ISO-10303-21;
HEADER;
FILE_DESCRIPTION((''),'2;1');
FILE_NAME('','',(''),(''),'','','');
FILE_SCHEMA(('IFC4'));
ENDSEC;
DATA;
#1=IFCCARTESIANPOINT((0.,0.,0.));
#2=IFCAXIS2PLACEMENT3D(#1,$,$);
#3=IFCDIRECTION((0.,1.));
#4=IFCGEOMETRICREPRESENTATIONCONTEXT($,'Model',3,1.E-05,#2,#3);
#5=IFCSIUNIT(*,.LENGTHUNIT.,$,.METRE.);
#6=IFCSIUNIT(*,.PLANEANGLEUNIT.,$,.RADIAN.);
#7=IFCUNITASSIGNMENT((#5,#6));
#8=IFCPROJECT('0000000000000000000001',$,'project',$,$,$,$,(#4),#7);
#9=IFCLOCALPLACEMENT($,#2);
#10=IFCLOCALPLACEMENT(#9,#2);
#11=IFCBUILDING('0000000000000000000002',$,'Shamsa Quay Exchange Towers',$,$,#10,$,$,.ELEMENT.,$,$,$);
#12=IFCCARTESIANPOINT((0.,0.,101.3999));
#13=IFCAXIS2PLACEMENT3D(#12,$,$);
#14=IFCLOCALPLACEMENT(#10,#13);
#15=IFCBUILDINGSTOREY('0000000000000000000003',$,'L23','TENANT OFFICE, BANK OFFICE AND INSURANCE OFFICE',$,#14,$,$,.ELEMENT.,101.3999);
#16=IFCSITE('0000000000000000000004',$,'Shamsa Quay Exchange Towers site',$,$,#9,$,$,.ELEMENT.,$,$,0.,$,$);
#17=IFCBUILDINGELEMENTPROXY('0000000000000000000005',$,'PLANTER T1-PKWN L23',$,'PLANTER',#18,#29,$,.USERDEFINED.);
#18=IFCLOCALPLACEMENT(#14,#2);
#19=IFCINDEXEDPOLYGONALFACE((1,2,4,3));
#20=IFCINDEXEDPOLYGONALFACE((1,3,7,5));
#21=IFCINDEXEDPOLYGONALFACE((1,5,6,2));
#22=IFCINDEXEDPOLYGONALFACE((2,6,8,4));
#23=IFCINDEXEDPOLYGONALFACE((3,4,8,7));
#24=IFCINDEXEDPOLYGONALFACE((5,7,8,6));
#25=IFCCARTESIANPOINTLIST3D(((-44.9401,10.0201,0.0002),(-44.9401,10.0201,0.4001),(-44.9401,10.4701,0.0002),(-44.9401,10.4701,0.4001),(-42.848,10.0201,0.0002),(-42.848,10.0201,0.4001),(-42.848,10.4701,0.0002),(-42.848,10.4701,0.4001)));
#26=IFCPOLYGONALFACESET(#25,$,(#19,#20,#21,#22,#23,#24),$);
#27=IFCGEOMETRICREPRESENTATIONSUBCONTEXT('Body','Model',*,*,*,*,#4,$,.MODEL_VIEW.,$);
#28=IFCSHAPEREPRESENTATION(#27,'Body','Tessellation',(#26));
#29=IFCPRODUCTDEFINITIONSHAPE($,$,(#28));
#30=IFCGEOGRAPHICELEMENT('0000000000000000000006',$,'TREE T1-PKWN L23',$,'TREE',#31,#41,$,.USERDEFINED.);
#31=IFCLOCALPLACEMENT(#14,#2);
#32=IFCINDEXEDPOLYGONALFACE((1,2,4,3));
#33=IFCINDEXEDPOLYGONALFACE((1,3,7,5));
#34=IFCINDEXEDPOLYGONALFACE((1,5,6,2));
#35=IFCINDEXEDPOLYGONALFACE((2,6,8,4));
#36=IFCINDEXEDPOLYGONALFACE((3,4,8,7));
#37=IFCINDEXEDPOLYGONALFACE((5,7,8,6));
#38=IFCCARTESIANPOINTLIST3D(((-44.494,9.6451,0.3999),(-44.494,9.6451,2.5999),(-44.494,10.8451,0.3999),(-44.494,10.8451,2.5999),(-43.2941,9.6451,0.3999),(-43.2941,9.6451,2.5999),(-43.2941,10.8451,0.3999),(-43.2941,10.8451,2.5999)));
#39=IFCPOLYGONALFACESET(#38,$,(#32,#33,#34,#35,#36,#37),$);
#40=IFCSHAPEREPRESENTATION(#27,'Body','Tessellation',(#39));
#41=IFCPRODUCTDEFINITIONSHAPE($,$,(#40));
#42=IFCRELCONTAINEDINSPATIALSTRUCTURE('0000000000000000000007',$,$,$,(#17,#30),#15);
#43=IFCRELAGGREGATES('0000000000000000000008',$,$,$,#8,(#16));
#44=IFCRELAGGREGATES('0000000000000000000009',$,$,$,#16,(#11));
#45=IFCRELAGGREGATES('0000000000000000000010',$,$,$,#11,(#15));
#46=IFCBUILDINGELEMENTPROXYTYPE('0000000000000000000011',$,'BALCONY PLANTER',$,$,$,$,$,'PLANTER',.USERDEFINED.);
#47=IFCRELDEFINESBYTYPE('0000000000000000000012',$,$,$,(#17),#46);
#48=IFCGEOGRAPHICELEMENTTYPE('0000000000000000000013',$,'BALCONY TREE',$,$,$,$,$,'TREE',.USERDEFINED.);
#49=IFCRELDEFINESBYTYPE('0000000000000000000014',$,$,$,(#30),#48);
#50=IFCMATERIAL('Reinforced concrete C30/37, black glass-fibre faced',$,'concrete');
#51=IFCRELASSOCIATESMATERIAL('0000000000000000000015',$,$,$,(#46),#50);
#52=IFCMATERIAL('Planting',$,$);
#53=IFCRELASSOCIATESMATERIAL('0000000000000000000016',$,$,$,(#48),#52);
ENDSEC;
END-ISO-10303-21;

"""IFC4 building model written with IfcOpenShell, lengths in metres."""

from ifc_helpers import new_model, si_unit, direction, frame, origin, origin_2d, place, context, subcontext, project, spatial, rectangle, extrude, material, type_object, element, save


model = new_model("IFC4")

# Units and contexts
model_context = context("Model", 3, precision=1e-05, world=origin(), true_north=direction((0.0, 1.0)))
body_context = subcontext(model_context, "Body", "Model", "MODEL_VIEW")
ifc_project = project(units=[si_unit("LENGTHUNIT", "METRE"), si_unit("PLANEANGLEUNIT", "RADIAN")], contexts=[model_context])

# Site, building, storey
site_placement = place(None, origin())
site = spatial("IfcSite", under=ifc_project, at=site_placement, Name="Shamsa Quay Exchange Towers site", CompositionType="ELEMENT", RefElevation=0.0)
building_placement = place(site_placement, origin())
building = spatial("IfcBuilding", under=site, at=building_placement, Name="Shamsa Quay Exchange Towers", CompositionType="ELEMENT")
storey_placement = place(building_placement, frame((0.0, 0.0, 101.3999)))
storey = spatial("IfcBuildingStorey", under=building, at=storey_placement, Name="L23", Description="TENANT OFFICE, BANK OFFICE AND INSURANCE OFFICE", CompositionType="ELEMENT", Elevation=101.3999)

# Building element proxy
ifc_material_1 = material(Name="Reinforced concrete C30/37, black glass-fibre faced", Category="concrete")
building_element_proxy_type = type_object("IfcBuildingElementProxyType", Name="BALCONY PLANTER", ElementType="PLANTER", PredefinedType="USERDEFINED", material=ifc_material_1)
for number, where, z_axis, x_axis, name in (
    (1, (-43.894, 10.2451, 0.0002), (0.0, 0.0, 1.0), (-1.0, 0.0, 0.0), "PLANTER T1-PKWN L23"),
):
    element("IfcBuildingElementProxy", number, at=place(storey_placement, frame(where, z_axis=z_axis, x_axis=x_axis)), inside=storey, type_object=building_element_proxy_type, Name=name, ObjectType="PLANTER", PredefinedType="USERDEFINED", context=body_context, shape_type="SweptSolid", body=[
        extrude(rectangle(XDim=2.092, YDim=0.45, at=origin_2d()), origin(), (0.0, 0.0, 1.0), 0.3999),
    ])

# Geographic element
ifc_material_2 = material(Name="Planting")
geographic_element_type = type_object("IfcGeographicElementType", Name="BALCONY TREE", ElementType="TREE", PredefinedType="USERDEFINED", material=ifc_material_2)
geographic_element_placement = place(storey_placement, frame((-43.894, 10.2451, 0.3999), z_axis=(0.0, 0.0, 1.0), x_axis=(-1.0, 0.0, 0.0)))
element("IfcGeographicElement", 2, at=geographic_element_placement, inside=storey, type_object=geographic_element_type, Name="TREE T1-PKWN L23", ObjectType="TREE", PredefinedType="USERDEFINED", context=body_context, shape_type="SweptSolid", body=[
    extrude(rectangle(XDim=1.2, YDim=1.2, at=origin_2d()), origin(), (0.0, 0.0, 1.0), 2.2),
])

save(model, "model.ifc")
